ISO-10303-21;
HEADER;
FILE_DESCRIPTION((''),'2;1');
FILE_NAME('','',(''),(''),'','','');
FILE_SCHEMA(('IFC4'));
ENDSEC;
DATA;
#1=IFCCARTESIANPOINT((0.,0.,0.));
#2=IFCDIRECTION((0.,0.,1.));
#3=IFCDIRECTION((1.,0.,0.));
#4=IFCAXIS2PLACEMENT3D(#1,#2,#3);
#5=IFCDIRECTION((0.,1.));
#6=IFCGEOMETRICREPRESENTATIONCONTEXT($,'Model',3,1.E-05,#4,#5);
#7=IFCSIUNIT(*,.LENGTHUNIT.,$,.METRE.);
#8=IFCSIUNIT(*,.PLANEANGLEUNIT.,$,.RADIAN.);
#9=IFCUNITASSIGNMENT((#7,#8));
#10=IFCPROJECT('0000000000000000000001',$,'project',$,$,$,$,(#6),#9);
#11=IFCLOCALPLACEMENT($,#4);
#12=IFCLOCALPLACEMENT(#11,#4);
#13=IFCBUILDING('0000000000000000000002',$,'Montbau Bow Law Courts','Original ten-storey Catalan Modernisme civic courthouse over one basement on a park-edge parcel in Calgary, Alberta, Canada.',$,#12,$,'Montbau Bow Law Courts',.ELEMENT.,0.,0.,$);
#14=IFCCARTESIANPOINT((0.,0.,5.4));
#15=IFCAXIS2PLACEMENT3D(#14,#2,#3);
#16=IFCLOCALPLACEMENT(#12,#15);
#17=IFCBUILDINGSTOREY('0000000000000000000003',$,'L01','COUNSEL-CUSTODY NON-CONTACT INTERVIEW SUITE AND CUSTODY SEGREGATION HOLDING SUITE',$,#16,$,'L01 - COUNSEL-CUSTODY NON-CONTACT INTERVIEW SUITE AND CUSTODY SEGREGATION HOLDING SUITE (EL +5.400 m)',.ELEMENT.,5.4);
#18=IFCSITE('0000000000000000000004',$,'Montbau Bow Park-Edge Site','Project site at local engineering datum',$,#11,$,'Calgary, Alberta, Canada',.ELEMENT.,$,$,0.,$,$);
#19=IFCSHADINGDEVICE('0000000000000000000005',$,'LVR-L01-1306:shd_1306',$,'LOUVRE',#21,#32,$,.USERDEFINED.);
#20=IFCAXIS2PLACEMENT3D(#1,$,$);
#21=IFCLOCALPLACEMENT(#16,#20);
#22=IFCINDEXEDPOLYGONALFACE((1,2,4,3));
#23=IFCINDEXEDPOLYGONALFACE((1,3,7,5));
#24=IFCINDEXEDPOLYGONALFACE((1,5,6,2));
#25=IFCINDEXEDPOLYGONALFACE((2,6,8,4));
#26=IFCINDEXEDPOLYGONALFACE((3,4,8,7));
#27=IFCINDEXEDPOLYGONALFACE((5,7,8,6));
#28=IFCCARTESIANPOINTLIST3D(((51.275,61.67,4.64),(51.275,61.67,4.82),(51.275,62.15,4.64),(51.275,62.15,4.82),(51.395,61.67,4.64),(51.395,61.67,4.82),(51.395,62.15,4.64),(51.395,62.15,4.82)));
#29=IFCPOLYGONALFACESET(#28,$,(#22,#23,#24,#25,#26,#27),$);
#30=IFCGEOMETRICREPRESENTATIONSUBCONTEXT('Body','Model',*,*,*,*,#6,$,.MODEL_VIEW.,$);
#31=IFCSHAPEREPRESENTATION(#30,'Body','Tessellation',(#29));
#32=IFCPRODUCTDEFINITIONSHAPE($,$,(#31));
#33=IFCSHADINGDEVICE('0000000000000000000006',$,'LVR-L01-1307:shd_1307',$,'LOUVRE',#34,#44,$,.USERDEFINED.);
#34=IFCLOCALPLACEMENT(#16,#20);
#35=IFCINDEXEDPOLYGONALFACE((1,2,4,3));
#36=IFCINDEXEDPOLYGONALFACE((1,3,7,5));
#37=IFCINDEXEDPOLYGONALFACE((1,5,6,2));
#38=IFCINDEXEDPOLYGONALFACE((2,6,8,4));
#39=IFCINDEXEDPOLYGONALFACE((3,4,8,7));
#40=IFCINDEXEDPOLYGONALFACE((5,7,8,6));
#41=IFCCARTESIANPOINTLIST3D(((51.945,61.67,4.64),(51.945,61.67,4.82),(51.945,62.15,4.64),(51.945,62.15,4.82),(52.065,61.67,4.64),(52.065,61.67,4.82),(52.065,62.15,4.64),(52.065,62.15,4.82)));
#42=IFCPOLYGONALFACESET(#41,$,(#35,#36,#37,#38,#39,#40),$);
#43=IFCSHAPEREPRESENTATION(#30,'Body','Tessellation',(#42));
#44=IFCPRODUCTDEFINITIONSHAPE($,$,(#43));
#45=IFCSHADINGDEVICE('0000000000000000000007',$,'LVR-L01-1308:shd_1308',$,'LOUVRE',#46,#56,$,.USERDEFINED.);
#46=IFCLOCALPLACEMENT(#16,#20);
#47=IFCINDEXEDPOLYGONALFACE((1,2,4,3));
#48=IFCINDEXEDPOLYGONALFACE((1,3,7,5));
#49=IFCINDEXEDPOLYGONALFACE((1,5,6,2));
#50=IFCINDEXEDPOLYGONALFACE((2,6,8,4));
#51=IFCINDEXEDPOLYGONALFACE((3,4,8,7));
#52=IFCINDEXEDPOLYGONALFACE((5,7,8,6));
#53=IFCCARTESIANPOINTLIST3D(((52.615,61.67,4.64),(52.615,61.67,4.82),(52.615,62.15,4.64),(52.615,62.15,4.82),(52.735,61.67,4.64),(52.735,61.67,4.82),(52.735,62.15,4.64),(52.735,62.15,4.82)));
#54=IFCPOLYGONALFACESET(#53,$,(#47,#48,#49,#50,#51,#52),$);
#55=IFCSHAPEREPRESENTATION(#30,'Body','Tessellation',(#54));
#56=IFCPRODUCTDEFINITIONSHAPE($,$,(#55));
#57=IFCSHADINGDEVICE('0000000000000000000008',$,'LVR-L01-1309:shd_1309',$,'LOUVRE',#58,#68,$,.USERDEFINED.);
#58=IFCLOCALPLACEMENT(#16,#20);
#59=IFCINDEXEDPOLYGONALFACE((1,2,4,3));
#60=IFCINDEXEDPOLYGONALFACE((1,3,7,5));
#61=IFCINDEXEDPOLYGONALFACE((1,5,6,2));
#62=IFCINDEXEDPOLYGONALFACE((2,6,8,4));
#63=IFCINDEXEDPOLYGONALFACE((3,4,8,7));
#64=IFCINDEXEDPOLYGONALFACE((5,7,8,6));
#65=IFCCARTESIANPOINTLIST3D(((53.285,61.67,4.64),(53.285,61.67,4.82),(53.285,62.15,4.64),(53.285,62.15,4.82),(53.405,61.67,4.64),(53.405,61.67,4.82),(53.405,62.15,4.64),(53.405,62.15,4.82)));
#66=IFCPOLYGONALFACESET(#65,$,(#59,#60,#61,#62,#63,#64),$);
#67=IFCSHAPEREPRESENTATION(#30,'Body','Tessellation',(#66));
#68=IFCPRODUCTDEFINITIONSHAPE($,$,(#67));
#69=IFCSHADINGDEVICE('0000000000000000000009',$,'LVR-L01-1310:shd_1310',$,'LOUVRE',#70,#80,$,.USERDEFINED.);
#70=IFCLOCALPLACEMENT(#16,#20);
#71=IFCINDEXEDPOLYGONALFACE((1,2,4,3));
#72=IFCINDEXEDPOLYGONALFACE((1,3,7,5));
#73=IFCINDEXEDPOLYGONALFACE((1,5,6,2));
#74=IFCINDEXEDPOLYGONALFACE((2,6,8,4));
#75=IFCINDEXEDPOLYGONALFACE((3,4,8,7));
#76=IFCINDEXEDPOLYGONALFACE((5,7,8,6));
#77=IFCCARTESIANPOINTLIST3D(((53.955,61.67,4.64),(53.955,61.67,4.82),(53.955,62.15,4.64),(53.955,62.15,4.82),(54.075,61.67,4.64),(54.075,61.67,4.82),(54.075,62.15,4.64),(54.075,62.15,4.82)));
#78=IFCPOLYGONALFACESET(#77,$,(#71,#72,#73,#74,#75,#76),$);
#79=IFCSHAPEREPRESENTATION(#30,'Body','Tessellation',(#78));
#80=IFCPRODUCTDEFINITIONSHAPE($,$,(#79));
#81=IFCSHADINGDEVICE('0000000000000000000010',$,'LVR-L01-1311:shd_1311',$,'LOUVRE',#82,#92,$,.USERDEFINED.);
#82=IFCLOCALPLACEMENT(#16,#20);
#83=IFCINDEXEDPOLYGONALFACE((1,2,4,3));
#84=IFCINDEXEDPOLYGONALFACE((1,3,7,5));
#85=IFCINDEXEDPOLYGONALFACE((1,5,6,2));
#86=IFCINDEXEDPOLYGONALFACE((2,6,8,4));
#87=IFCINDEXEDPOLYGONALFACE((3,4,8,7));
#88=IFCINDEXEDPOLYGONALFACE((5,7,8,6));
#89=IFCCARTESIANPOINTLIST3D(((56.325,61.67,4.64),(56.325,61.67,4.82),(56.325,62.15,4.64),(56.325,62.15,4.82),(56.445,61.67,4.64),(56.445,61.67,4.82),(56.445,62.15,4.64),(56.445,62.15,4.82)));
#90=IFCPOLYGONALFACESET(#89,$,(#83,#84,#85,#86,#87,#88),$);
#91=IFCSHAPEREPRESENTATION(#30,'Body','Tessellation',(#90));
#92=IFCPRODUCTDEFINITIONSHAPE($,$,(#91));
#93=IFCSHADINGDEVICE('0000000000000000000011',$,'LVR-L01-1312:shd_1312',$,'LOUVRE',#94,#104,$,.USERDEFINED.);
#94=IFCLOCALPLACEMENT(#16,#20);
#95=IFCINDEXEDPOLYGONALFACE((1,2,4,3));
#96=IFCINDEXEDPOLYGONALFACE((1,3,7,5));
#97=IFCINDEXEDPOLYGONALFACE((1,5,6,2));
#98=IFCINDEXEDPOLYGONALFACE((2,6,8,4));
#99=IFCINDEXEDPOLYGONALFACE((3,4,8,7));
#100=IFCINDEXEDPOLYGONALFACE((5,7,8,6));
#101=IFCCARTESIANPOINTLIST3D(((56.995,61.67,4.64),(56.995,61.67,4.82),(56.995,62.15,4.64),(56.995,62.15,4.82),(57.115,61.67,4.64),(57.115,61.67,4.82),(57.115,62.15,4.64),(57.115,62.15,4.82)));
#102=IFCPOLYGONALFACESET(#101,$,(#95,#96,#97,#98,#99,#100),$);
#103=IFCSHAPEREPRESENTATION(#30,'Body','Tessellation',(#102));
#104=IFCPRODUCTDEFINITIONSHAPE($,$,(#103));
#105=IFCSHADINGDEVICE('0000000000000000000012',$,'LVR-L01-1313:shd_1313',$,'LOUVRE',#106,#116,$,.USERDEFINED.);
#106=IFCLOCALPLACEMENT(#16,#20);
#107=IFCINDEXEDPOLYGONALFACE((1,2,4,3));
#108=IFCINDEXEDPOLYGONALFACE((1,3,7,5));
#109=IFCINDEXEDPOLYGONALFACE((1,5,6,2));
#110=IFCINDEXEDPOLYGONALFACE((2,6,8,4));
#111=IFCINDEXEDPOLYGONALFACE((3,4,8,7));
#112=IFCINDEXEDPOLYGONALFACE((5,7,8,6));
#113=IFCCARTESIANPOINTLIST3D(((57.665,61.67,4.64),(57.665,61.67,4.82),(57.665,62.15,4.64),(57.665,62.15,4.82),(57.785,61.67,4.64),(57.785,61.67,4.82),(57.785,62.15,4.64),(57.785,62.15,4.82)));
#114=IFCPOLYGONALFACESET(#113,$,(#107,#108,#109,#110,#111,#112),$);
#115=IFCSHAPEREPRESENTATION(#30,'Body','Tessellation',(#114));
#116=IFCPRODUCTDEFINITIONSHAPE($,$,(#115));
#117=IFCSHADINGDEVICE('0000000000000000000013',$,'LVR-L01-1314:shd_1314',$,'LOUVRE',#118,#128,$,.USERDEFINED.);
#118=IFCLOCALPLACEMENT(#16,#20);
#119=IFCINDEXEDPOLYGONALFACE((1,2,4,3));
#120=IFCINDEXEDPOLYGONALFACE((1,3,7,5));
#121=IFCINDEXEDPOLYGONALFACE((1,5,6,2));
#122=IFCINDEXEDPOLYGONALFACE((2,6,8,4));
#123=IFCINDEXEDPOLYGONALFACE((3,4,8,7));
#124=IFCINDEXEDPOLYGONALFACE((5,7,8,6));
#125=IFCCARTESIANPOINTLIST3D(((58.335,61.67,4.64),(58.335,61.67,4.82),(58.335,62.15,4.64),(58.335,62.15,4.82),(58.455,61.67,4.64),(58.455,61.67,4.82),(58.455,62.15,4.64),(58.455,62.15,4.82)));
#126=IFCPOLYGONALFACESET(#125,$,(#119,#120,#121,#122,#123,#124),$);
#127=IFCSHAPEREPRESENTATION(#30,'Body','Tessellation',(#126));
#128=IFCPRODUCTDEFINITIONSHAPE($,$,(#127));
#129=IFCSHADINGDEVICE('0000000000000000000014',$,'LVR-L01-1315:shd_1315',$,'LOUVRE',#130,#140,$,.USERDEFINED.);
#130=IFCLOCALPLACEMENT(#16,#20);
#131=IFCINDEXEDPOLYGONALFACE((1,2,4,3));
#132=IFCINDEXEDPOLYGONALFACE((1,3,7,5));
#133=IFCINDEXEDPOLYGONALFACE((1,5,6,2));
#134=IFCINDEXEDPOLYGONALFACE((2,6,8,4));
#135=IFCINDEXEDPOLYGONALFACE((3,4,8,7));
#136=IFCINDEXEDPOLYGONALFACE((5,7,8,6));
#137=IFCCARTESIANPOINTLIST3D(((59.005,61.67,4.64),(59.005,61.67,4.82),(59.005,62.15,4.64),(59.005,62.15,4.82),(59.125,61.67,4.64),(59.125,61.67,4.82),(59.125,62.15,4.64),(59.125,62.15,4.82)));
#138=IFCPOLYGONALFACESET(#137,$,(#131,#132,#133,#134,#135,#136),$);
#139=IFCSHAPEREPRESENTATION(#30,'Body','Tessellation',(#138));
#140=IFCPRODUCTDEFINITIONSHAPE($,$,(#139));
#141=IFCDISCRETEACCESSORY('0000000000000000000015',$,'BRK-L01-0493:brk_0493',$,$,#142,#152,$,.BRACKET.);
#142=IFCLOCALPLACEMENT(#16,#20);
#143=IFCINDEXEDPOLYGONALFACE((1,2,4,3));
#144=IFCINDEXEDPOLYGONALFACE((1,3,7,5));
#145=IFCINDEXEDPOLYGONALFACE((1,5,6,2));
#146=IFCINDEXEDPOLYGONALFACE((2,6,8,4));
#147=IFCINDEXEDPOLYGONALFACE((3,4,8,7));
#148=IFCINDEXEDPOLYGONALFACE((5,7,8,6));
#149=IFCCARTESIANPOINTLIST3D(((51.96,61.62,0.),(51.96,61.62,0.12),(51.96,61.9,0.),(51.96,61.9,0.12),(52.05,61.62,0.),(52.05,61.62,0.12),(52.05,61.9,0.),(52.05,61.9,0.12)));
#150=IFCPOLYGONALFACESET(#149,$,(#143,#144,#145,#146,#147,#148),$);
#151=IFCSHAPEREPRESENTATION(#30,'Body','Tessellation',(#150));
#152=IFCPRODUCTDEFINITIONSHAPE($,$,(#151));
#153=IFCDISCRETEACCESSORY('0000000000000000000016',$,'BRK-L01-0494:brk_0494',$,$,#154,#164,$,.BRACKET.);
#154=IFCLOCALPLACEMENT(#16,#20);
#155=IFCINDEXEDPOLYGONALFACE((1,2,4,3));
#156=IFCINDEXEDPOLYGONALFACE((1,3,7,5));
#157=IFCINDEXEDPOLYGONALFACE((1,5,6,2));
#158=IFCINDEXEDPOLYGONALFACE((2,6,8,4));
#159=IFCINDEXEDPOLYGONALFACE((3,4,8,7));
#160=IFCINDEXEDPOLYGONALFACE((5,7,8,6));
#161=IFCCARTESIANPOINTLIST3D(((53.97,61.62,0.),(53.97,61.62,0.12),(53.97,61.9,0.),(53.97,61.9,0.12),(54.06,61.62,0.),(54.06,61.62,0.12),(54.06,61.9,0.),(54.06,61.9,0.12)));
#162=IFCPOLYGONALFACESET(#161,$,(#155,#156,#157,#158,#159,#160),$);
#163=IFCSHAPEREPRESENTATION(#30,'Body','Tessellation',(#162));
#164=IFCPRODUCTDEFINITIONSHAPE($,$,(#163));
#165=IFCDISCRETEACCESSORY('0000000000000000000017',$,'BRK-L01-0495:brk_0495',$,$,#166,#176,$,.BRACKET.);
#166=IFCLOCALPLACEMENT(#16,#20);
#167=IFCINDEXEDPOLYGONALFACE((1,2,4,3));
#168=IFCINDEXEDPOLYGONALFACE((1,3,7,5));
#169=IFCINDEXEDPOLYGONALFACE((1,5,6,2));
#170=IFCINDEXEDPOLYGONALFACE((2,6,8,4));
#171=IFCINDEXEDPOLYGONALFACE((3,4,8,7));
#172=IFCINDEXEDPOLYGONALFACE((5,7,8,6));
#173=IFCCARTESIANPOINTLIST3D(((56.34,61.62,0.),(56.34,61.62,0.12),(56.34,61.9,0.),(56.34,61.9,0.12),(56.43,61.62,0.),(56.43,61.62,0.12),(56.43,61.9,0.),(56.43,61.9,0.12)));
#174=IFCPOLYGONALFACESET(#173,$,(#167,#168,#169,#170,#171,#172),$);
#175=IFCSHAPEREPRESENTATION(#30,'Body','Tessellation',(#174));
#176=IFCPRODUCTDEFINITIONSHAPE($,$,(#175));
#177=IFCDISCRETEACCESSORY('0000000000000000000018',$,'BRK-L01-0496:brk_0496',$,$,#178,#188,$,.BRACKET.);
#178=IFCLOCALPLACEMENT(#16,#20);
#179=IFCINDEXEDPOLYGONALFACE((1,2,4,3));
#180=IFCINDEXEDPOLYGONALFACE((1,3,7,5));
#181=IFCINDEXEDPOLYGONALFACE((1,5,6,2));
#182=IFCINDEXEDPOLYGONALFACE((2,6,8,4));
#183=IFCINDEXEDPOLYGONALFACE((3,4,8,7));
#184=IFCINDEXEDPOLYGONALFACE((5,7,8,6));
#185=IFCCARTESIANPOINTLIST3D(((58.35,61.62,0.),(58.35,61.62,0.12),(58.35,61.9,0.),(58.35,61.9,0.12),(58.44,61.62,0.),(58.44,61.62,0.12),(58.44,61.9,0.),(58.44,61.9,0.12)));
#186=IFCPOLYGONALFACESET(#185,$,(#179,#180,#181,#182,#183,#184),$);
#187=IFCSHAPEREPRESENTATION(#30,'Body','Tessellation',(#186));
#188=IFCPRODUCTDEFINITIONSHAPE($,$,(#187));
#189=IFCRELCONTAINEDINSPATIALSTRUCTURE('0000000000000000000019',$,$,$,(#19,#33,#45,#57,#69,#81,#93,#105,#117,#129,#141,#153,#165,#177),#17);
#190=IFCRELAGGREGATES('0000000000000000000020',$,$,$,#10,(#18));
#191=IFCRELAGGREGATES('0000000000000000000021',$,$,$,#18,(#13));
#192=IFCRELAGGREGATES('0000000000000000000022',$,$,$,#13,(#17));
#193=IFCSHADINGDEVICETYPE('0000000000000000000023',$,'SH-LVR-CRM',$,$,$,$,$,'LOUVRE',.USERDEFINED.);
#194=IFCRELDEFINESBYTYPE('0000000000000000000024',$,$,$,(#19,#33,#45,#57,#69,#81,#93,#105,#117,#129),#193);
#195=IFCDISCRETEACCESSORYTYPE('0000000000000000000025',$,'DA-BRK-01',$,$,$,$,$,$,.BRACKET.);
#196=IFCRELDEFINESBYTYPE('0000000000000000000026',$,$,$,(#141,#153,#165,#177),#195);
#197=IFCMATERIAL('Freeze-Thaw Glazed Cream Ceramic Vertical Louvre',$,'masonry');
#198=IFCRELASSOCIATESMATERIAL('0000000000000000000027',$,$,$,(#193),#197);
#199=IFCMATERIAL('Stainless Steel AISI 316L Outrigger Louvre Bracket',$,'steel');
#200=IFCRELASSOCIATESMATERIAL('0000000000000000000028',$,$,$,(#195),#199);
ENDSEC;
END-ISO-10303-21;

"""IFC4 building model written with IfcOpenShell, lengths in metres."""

from ifc_helpers import new_model, si_unit, direction, frame, origin_with_axes, origin_2d_with_axis, place, context, subcontext, project, spatial, rectangle, extrude, material, type_object, element, save


model = new_model("IFC4")

# Units and contexts
model_context = context("Model", 3, precision=1e-05, world=origin_with_axes(), true_north=direction((0.0, 1.0)))
body_context = subcontext(model_context, "Body", "Model", "MODEL_VIEW")
ifc_project = project(units=[si_unit("LENGTHUNIT", "METRE"), si_unit("PLANEANGLEUNIT", "RADIAN")], contexts=[model_context])

# Site, building, storey
site_placement = place(None, origin_with_axes())
site = spatial("IfcSite", under=ifc_project, at=site_placement, Name="Montbau Bow Park-Edge Site", Description="Project site at local engineering datum", LongName="Calgary, Alberta, Canada", CompositionType="ELEMENT", RefElevation=0.0)
building_placement = place(site_placement, origin_with_axes())
building = spatial("IfcBuilding", under=site, at=building_placement, Name="Montbau Bow Law Courts", Description="Original ten-storey Catalan Modernisme civic courthouse over one basement on a park-edge parcel in Calgary, Alberta, Canada.", LongName="Montbau Bow Law Courts", CompositionType="ELEMENT", ElevationOfRefHeight=0.0, ElevationOfTerrain=0.0)
storey_placement = place(building_placement, frame((0.0, 0.0, 5.4), z_axis=(0.0, 0.0, 1.0), x_axis=(1.0, 0.0, 0.0)))
storey = spatial("IfcBuildingStorey", under=building, at=storey_placement, Name="L01", Description="COUNSEL-CUSTODY NON-CONTACT INTERVIEW SUITE AND CUSTODY SEGREGATION HOLDING SUITE", LongName="L01 - COUNSEL-CUSTODY NON-CONTACT INTERVIEW SUITE AND CUSTODY SEGREGATION HOLDING SUITE (EL +5.400 m)", CompositionType="ELEMENT", Elevation=5.4)

# Shading devices
ifc_material_1 = material(Name="Freeze-Thaw Glazed Cream Ceramic Vertical Louvre", Category="masonry")
shading_device_type = type_object("IfcShadingDeviceType", Name="SH-LVR-CRM", ElementType="LOUVRE", PredefinedType="USERDEFINED", material=ifc_material_1)
for number, where, z_axis, x_axis, name in (
    (1, (51.335, 61.91, 10.04), (0.0, 0.0, 1.0), (0.0, 1.0, 0.0), "LVR-L01-1306:shd_1306"),
    (2, (52.005, 61.91, 10.04), (0.0, 0.0, 1.0), (0.0, 1.0, 0.0), "LVR-L01-1307:shd_1307"),
    (3, (52.675, 61.91, 10.04), (0.0, 0.0, 1.0), (0.0, 1.0, 0.0), "LVR-L01-1308:shd_1308"),
    (4, (53.345, 61.91, 10.04), (0.0, 0.0, 1.0), (0.0, 1.0, 0.0), "LVR-L01-1309:shd_1309"),
    (5, (54.015, 61.91, 10.04), (0.0, 0.0, 1.0), (0.0, 1.0, 0.0), "LVR-L01-1310:shd_1310"),
    (6, (56.385, 61.91, 10.04), (0.0, 0.0, 1.0), (0.0, 1.0, 0.0), "LVR-L01-1311:shd_1311"),
    (7, (57.055, 61.91, 10.04), (0.0, 0.0, 1.0), (0.0, 1.0, 0.0), "LVR-L01-1312:shd_1312"),
    (8, (57.725, 61.91, 10.04), (0.0, 0.0, 1.0), (0.0, 1.0, 0.0), "LVR-L01-1313:shd_1313"),
    (9, (58.395, 61.91, 10.04), (0.0, 0.0, 1.0), (0.0, 1.0, 0.0), "LVR-L01-1314:shd_1314"),
    (10, (59.065, 61.91, 10.04), (0.0, 0.0, 1.0), (0.0, 1.0, 0.0), "LVR-L01-1315:shd_1315"),
):
    element("IfcShadingDevice", number, at=place(None, frame(where, z_axis=z_axis, x_axis=x_axis)), inside=storey, type_object=shading_device_type, Name=name, ObjectType="LOUVRE", PredefinedType="USERDEFINED", context=body_context, shape_type="SweptSolid", body=[
        extrude(rectangle(XDim=0.48, YDim=0.12, at=origin_2d_with_axis()), origin_with_axes(), (0.0, 0.0, 1.0), 0.18),
    ])

# Discrete accessories
ifc_material_2 = material(Name="Stainless Steel AISI 316L Outrigger Louvre Bracket", Category="steel")
discrete_accessory_type = type_object("IfcDiscreteAccessoryType", Name="DA-BRK-01", PredefinedType="BRACKET", material=ifc_material_2)
for number, where, z_axis, x_axis, name in (
    (11, (52.005, 61.76, 5.4), (0.0, 0.0, 1.0), (0.0, 1.0, 0.0), "BRK-L01-0493:brk_0493"),
    (12, (54.015, 61.76, 5.4), (0.0, 0.0, 1.0), (0.0, 1.0, 0.0), "BRK-L01-0494:brk_0494"),
    (13, (56.385, 61.76, 5.4), (0.0, 0.0, 1.0), (0.0, 1.0, 0.0), "BRK-L01-0495:brk_0495"),
    (14, (58.395, 61.76, 5.4), (0.0, 0.0, 1.0), (0.0, 1.0, 0.0), "BRK-L01-0496:brk_0496"),
):
    element("IfcDiscreteAccessory", number, at=place(None, frame(where, z_axis=z_axis, x_axis=x_axis)), inside=storey, type_object=discrete_accessory_type, Name=name, PredefinedType="BRACKET", context=body_context, shape_type="SweptSolid", body=[
        extrude(rectangle(XDim=0.28, YDim=0.09, at=origin_2d_with_axis()), origin_with_axes(), (0.0, 0.0, 1.0), 0.12),
    ])

save(model, "model.ifc")
